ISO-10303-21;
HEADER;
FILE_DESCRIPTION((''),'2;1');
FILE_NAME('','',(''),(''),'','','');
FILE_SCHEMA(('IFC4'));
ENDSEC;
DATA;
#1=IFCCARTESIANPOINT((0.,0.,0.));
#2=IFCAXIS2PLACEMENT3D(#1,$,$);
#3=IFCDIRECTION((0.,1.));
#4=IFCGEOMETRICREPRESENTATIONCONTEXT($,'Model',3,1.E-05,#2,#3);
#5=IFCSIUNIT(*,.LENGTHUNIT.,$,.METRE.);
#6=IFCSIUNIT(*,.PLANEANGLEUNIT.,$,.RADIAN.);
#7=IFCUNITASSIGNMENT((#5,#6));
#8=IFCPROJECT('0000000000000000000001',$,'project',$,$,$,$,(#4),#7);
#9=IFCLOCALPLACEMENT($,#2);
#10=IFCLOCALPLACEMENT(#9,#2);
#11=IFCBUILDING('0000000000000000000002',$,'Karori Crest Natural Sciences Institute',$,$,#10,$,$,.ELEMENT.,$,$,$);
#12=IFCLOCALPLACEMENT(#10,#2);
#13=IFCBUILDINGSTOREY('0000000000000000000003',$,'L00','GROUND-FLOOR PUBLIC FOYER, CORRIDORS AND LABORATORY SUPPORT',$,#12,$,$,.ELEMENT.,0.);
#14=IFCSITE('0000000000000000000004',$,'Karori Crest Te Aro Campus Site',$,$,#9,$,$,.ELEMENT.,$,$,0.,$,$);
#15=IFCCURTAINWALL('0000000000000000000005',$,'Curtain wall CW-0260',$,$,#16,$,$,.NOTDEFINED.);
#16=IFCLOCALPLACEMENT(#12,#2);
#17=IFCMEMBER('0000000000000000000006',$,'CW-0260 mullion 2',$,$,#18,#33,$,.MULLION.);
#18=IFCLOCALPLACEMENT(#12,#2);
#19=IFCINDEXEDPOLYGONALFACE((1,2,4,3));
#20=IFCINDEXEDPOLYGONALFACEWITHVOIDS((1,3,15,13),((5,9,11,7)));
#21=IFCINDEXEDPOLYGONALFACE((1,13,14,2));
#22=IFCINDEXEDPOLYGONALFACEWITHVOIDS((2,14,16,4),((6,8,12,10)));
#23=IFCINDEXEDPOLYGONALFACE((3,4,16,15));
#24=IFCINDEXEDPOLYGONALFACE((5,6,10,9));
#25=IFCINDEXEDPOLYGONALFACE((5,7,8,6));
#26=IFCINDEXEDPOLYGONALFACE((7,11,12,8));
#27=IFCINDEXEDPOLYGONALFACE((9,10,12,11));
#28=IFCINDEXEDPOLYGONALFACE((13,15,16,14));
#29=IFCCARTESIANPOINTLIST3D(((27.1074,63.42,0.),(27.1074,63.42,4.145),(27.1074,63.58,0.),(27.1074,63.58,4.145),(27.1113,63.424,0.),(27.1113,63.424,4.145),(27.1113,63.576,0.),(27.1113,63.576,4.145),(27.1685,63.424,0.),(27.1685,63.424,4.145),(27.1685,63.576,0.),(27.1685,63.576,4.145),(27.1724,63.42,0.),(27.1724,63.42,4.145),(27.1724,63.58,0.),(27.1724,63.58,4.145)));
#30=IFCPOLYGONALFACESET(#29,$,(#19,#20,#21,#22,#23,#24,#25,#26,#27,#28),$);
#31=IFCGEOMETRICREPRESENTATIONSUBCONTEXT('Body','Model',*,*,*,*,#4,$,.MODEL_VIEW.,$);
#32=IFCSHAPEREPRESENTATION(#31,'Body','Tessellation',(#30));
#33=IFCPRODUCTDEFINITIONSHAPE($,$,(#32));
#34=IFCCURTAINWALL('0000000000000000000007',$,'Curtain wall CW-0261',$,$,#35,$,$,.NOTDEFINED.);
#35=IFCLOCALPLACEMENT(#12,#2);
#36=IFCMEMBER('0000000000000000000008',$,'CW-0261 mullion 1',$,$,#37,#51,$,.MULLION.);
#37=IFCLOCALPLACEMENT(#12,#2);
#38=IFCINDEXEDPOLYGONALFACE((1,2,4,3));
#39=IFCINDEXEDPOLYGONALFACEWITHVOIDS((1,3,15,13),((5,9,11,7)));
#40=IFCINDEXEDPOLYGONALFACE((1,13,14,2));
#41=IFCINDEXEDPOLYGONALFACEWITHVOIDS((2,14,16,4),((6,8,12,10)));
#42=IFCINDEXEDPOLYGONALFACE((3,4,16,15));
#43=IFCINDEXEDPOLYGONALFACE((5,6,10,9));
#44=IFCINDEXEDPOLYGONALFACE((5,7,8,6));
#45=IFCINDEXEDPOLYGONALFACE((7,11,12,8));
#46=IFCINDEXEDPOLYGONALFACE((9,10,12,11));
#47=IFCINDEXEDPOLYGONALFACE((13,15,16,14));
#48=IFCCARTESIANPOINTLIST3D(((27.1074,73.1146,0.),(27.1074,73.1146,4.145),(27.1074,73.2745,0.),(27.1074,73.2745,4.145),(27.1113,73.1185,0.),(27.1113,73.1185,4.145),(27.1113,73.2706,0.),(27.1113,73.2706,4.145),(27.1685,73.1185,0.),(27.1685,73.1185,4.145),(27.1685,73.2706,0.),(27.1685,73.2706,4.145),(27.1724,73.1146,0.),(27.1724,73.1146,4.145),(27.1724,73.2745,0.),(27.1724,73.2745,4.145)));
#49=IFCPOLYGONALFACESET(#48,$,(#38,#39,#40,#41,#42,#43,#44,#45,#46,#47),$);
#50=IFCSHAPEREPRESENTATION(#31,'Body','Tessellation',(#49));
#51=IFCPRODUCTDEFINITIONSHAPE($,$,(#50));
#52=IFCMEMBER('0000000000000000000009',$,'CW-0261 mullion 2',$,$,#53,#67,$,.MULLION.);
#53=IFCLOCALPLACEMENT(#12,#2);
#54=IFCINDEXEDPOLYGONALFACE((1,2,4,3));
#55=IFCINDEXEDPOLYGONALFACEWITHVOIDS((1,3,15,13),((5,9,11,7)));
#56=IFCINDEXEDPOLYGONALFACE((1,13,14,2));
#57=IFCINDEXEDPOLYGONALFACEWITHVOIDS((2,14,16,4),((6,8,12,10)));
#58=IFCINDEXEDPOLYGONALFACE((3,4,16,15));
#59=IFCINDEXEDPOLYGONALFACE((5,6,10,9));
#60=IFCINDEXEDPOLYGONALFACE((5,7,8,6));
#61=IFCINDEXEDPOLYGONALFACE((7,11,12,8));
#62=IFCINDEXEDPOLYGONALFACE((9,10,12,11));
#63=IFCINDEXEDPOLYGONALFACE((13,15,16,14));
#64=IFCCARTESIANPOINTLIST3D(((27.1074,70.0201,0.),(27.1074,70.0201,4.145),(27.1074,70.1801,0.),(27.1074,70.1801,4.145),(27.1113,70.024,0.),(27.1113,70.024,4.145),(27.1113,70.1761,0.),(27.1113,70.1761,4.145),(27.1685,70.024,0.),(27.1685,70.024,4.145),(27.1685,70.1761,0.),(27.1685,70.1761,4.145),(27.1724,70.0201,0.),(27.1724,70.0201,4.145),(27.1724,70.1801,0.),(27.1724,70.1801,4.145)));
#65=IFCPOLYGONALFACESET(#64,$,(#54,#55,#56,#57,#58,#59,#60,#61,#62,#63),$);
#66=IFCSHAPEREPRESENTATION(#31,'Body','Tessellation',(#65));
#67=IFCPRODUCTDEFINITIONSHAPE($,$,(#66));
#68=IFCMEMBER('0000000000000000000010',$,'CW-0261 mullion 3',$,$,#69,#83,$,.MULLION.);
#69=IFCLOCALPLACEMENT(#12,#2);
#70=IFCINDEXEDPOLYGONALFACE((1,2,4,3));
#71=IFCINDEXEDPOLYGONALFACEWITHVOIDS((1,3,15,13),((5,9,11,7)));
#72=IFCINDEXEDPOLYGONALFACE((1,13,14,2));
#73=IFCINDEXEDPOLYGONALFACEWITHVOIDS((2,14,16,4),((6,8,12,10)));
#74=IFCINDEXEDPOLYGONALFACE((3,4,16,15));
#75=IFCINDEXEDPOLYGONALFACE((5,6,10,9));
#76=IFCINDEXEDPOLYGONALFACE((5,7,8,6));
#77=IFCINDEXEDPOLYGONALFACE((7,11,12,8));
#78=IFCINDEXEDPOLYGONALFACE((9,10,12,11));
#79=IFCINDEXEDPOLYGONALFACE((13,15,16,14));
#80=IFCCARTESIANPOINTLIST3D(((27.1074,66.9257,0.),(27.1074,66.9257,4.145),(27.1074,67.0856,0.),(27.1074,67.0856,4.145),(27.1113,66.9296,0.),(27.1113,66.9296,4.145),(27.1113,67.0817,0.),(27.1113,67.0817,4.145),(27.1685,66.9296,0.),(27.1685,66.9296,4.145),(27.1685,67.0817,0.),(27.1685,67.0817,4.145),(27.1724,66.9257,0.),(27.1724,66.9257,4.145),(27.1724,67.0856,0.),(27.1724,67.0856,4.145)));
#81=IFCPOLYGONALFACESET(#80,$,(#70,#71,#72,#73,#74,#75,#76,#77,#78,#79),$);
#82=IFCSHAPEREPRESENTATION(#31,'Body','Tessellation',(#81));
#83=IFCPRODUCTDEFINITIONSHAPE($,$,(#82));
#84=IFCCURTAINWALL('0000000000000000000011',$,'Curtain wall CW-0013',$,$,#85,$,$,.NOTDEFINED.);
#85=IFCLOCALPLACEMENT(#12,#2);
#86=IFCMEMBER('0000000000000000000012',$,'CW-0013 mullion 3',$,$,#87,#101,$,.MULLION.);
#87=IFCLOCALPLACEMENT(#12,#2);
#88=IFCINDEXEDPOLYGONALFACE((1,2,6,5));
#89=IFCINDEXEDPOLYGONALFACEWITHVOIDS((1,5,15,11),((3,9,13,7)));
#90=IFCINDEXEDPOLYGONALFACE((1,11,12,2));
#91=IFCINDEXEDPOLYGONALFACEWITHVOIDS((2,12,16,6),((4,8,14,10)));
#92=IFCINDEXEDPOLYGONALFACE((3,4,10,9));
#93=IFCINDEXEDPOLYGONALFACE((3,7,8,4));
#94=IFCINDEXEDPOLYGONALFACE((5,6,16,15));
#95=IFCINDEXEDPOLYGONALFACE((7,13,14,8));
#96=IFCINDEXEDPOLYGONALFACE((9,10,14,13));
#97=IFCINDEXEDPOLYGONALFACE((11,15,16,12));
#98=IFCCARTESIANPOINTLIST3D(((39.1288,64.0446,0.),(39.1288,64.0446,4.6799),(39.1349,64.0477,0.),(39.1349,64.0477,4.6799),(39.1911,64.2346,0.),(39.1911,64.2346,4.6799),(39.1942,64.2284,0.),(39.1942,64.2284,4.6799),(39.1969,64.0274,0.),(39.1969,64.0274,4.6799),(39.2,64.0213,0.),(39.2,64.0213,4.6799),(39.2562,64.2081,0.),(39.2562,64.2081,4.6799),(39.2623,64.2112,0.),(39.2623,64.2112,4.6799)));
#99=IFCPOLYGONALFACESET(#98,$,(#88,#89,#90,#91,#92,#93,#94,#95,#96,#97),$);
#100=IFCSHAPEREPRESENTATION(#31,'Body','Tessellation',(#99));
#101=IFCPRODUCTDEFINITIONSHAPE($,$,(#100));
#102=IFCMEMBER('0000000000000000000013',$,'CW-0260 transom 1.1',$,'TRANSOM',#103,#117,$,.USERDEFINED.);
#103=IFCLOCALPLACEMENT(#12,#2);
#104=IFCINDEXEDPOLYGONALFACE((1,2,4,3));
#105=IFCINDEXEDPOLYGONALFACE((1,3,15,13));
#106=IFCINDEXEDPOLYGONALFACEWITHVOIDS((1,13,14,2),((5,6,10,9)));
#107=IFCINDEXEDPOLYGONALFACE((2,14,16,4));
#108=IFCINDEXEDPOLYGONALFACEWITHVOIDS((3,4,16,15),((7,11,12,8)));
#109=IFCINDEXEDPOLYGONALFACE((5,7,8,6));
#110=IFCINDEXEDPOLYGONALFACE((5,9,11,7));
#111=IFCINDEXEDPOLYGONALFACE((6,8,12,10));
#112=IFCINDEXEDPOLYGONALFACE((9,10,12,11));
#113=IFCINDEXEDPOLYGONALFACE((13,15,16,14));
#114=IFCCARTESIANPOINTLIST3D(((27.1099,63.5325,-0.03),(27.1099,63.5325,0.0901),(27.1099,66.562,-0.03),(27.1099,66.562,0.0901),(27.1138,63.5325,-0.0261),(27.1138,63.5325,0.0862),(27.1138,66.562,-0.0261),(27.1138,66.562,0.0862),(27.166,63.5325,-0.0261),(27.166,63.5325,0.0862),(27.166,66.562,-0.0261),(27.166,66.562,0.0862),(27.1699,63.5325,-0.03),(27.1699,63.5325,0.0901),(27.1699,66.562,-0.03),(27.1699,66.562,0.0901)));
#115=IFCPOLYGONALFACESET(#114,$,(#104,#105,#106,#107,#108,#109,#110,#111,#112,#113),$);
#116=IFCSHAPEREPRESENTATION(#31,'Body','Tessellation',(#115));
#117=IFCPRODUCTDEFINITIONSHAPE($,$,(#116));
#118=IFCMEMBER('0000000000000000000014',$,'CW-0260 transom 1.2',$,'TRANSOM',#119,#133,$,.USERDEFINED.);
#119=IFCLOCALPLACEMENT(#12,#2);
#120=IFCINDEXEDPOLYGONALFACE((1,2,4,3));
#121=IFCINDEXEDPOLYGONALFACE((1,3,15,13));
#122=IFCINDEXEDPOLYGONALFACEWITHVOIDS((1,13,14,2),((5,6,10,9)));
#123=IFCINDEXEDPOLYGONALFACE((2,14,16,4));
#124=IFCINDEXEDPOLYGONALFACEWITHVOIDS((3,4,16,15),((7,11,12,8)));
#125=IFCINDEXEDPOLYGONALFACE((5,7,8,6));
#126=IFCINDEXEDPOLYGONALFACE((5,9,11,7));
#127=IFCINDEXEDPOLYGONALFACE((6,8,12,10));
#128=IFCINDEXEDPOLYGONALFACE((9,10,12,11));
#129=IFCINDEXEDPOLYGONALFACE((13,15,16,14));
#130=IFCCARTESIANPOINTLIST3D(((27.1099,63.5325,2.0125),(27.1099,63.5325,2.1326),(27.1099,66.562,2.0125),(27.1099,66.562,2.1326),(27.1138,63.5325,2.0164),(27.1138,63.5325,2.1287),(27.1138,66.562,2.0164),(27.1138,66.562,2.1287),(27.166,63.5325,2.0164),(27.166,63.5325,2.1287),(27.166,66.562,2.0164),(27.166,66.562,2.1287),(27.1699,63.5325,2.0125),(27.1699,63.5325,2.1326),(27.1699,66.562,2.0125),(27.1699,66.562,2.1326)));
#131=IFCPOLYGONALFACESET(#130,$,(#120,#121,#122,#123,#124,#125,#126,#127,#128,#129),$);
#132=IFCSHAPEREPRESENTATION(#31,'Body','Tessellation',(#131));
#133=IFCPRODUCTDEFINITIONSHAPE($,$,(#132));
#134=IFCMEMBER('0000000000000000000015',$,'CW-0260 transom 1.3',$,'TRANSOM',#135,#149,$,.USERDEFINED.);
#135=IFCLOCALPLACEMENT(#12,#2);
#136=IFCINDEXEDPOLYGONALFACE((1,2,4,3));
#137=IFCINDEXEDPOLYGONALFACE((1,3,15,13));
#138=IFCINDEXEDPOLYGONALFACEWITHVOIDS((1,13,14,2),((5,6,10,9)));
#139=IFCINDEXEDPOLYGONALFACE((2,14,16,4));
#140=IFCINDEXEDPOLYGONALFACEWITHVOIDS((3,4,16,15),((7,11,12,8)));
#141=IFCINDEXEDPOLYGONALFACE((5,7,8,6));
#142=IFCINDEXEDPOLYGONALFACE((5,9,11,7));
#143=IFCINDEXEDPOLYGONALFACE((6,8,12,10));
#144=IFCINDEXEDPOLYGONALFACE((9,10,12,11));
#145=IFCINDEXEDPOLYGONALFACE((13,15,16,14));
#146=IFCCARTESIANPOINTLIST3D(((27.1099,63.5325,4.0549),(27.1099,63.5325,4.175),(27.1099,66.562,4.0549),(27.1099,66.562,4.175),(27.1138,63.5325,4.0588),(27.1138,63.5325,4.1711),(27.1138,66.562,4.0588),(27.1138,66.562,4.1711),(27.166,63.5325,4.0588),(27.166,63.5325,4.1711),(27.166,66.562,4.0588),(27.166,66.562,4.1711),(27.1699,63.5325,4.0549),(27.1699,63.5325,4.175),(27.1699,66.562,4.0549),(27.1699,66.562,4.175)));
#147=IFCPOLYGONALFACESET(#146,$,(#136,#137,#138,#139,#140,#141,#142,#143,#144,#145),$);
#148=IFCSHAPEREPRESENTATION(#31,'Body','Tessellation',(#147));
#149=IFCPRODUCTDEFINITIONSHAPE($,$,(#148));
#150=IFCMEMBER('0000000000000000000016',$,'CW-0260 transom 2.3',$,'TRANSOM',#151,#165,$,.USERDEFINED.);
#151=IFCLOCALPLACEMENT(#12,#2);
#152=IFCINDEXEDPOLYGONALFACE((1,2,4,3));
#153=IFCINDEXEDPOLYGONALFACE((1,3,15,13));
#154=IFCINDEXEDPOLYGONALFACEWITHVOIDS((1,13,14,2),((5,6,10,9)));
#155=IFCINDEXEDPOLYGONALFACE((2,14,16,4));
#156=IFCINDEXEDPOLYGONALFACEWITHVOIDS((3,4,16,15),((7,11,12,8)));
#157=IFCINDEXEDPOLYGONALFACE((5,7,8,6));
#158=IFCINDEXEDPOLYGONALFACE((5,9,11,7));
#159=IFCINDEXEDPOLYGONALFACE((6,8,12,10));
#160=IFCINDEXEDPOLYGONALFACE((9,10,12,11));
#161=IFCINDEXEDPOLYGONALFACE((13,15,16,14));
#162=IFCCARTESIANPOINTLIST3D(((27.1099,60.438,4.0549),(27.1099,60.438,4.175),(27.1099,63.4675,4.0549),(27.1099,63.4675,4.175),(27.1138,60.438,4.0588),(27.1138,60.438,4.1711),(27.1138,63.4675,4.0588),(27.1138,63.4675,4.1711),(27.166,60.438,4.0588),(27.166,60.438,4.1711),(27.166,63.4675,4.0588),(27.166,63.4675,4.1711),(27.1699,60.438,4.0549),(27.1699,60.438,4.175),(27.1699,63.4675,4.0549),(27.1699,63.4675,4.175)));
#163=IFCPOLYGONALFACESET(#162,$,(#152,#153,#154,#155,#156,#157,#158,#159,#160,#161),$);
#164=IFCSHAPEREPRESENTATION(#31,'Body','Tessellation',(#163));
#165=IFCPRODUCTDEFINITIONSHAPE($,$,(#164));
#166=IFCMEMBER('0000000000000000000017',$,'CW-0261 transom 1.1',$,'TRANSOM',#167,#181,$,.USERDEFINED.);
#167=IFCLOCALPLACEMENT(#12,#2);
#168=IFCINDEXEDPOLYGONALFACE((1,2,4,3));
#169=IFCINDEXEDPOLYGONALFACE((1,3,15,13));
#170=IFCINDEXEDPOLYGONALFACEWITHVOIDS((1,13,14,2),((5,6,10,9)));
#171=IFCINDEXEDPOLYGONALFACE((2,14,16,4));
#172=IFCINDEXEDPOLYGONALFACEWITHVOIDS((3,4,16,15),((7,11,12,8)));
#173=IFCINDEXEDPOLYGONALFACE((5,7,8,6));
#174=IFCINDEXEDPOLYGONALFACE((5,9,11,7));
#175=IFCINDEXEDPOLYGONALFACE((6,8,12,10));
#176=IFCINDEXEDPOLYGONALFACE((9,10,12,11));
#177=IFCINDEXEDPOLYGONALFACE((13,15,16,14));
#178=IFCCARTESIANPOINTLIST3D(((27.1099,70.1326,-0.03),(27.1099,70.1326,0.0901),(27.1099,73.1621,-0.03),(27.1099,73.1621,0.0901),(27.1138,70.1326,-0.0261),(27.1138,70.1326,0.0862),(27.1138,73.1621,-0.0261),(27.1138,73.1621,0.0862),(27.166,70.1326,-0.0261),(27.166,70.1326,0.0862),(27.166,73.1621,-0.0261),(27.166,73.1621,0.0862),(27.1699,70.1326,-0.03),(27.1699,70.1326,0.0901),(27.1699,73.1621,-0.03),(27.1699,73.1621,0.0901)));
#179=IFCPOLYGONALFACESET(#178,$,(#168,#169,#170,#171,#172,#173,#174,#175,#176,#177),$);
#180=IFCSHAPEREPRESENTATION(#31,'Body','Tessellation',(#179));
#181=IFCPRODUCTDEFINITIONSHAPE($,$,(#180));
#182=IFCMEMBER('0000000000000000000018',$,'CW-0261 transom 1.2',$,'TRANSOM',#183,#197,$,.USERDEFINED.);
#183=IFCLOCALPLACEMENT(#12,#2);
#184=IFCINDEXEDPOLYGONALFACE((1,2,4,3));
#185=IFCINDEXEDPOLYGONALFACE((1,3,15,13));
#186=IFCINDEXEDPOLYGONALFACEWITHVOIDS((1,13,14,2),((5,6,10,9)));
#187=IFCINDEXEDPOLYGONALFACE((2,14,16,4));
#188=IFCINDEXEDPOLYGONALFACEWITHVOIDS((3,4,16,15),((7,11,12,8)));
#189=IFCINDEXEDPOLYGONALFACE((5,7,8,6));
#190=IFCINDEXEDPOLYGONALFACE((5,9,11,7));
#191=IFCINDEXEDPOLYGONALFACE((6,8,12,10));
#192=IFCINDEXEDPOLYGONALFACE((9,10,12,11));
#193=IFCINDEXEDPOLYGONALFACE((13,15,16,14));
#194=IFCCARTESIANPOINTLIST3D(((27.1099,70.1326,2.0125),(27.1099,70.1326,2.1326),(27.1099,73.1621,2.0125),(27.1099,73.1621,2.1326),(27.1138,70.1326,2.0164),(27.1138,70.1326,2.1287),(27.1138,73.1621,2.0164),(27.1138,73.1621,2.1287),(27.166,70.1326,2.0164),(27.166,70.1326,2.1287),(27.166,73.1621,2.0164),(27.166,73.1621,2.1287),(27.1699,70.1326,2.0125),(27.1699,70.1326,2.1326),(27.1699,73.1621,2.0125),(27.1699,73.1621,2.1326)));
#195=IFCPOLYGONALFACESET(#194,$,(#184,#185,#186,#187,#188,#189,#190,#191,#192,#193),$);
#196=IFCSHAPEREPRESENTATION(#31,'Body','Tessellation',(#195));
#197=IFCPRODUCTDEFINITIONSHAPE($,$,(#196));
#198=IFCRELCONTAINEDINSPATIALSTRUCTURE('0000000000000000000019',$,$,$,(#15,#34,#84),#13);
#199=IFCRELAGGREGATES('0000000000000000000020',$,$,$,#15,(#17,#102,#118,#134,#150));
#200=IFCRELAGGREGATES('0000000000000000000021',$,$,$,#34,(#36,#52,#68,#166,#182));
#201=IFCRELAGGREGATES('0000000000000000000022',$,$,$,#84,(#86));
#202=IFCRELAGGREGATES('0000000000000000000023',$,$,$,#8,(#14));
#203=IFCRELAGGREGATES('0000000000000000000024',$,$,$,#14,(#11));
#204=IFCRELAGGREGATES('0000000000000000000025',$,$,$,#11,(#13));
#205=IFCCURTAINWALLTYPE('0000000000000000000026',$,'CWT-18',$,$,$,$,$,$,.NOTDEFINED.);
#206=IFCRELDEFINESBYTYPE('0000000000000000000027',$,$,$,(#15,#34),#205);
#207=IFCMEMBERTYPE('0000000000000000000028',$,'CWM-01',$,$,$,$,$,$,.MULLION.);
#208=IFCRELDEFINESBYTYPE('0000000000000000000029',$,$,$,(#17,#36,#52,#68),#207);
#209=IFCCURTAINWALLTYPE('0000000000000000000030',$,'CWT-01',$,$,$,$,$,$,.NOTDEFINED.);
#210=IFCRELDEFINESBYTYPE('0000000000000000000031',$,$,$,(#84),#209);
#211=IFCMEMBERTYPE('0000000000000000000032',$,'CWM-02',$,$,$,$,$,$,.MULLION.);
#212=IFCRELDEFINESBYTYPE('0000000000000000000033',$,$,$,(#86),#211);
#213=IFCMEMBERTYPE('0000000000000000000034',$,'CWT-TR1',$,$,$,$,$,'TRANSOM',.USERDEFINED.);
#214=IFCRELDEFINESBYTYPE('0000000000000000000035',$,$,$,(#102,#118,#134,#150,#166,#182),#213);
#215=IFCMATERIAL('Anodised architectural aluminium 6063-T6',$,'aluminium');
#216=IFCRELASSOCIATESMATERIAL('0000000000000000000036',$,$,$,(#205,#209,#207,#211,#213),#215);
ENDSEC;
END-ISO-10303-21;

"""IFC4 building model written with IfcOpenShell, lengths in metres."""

from ifc_helpers import new_model, si_unit, direction, frame, origin, origin_2d, place, context, subcontext, project, spatial, hollow_rectangle, extrude, material, material_profile, profile_set, type_object, element, aggregate, save


model = new_model("IFC4")

# Units and contexts
model_context = context("Model", 3, precision=1e-05, world=origin(), true_north=direction((0.0, 1.0)))
body_context = subcontext(model_context, "Body", "Model", "MODEL_VIEW")
ifc_project = project(units=[si_unit("LENGTHUNIT", "METRE"), si_unit("PLANEANGLEUNIT", "RADIAN")], contexts=[model_context])

# Site, building, storey
site_placement = place(None, origin())
site = spatial("IfcSite", under=ifc_project, at=site_placement, Name="Karori Crest Te Aro Campus Site", CompositionType="ELEMENT", RefElevation=0.0)
building_placement = place(site_placement, origin())
building = spatial("IfcBuilding", under=site, at=building_placement, Name="Karori Crest Natural Sciences Institute", CompositionType="ELEMENT")
storey_placement = place(building_placement, origin())
storey = spatial("IfcBuildingStorey", under=building, at=storey_placement, Name="L00", Description="GROUND-FLOOR PUBLIC FOYER, CORRIDORS AND LABORATORY SUPPORT", CompositionType="ELEMENT", Elevation=0.0)

# Curtain walls, members
ifc_material_1 = material(Name="Anodised architectural aluminium 6063-T6", Category="aluminium")
curtain_wall_type_1 = type_object("IfcCurtainWallType", Name="CWT-18", PredefinedType="NOTDEFINED", material=ifc_material_1)
curtain_wall_1_placement = place(storey_placement, origin())
curtain_wall_1 = element("IfcCurtainWall", 1, at=curtain_wall_1_placement, inside=storey, type_object=curtain_wall_type_1, Name="Curtain wall CW-0260", PredefinedType="NOTDEFINED")
ifc_material_profile_1 = material_profile(ifc_material_1, hollow_rectangle(XDim=0.0649, YDim=0.1599, WallThickness=0.0039, at=origin_2d()), Name="CWM160x65x4")
ifc_profile_set_1 = profile_set([ifc_material_profile_1], Name="Anodised architectural aluminium 6063-T6")
member_type_1 = type_object("IfcMemberType", Name="CWM-01", PredefinedType="MULLION", material=ifc_profile_set_1)
member_1_placement = place(storey_placement, frame((27.1399, 63.5, 0.0), z_axis=(0.0, 0.0, 1.0), x_axis=(1.0, 0.0, 0.0)))
member_1 = element("IfcMember", 2, at=member_1_placement, type_object=member_type_1, Name="CW-0260 mullion 2", PredefinedType="MULLION", context=body_context, shape_type="SweptSolid", body=[
    extrude(hollow_rectangle(XDim=0.0649, YDim=0.1599, WallThickness=0.0039, at=origin_2d()), origin(), (0.0, 0.0, 1.0), 4.145),
])
curtain_wall_2_placement = place(storey_placement, origin())
curtain_wall_2 = element("IfcCurtainWall", 3, at=curtain_wall_2_placement, inside=storey, type_object=curtain_wall_type_1, Name="Curtain wall CW-0261", PredefinedType="NOTDEFINED")
member_2_placement = place(storey_placement, frame((27.1399, 73.1946, 0.0), z_axis=(0.0, 0.0, 1.0), x_axis=(1.0, 0.0, 0.0)))
member_2 = element("IfcMember", 4, at=member_2_placement, type_object=member_type_1, Name="CW-0261 mullion 1", PredefinedType="MULLION", context=body_context, shape_type="SweptSolid", body=[
    extrude(hollow_rectangle(XDim=0.0649, YDim=0.1599, WallThickness=0.0039, at=origin_2d()), origin(), (0.0, 0.0, 1.0), 4.145),
])
member_3_placement = place(storey_placement, frame((27.1399, 70.1001, 0.0), z_axis=(0.0, 0.0, 1.0), x_axis=(1.0, 0.0, 0.0)))
member_3 = element("IfcMember", 5, at=member_3_placement, type_object=member_type_1, Name="CW-0261 mullion 2", PredefinedType="MULLION", context=body_context, shape_type="SweptSolid", body=[
    extrude(hollow_rectangle(XDim=0.0649, YDim=0.1599, WallThickness=0.0039, at=origin_2d()), origin(), (0.0, 0.0, 1.0), 4.145),
])
member_4_placement = place(storey_placement, frame((27.1399, 67.0056, 0.0), z_axis=(0.0, 0.0, 1.0), x_axis=(1.0, 0.0, 0.0)))
member_4 = element("IfcMember", 6, at=member_4_placement, type_object=member_type_1, Name="CW-0261 mullion 3", PredefinedType="MULLION", context=body_context, shape_type="SweptSolid", body=[
    extrude(hollow_rectangle(XDim=0.0649, YDim=0.1599, WallThickness=0.0039, at=origin_2d()), origin(), (0.0, 0.0, 1.0), 4.145),
])

# Curtain wall, member
curtain_wall_type_2 = type_object("IfcCurtainWallType", Name="CWT-01", PredefinedType="NOTDEFINED", material=ifc_material_1)
curtain_wall_3_placement = place(storey_placement, origin())
curtain_wall_3 = element("IfcCurtainWall", 7, at=curtain_wall_3_placement, inside=storey, type_object=curtain_wall_type_2, Name="Curtain wall CW-0013", PredefinedType="NOTDEFINED")
ifc_material_profile_2 = material_profile(ifc_material_1, hollow_rectangle(XDim=0.075, YDim=0.2, WallThickness=0.0049, at=origin_2d()), Name="CWM200x75x5")
ifc_profile_set_2 = profile_set([ifc_material_profile_2], Name="Anodised architectural aluminium 6063-T6")
member_type_2 = type_object("IfcMemberType", Name="CWM-02", PredefinedType="MULLION", material=ifc_profile_set_2)
member_5_placement = place(storey_placement, frame((39.1956, 64.1279, 0.0), z_axis=(0.0, 0.0, 1.0), x_axis=(-0.950176, 0.311714, 0.0)))
member_5 = element("IfcMember", 8, at=member_5_placement, type_object=member_type_2, Name="CW-0013 mullion 3", PredefinedType="MULLION", context=body_context, shape_type="SweptSolid", body=[
    extrude(hollow_rectangle(XDim=0.075, YDim=0.2, WallThickness=0.0049, at=origin_2d()), origin(), (0.0, 0.0, 1.0), 4.6799),
])

# Members
ifc_material_profile_3 = material_profile(ifc_material_1, hollow_rectangle(XDim=0.0601, YDim=0.1201, WallThickness=0.0039, at=origin_2d()), Name="CWT120x60x4")
ifc_profile_set_3 = profile_set([ifc_material_profile_3], Name="Anodised architectural aluminium 6063-T6")
member_type_3 = type_object("IfcMemberType", Name="CWT-TR1", ElementType="TRANSOM", PredefinedType="USERDEFINED", material=ifc_profile_set_3)
member_6_placement = place(storey_placement, frame((27.1399, 66.562, 0.03), z_axis=(0.0, -1.0, 0.0), x_axis=(1.0, 0.0, 0.0)))
member_6 = element("IfcMember", 9, at=member_6_placement, type_object=member_type_3, Name="CW-0260 transom 1.1", ObjectType="TRANSOM", PredefinedType="USERDEFINED", context=body_context, shape_type="SweptSolid", body=[
    extrude(hollow_rectangle(XDim=0.0601, YDim=0.1201, WallThickness=0.0039, at=origin_2d()), origin(), (0.0, 0.0, 1.0), 3.0295),
])
member_7_placement = place(storey_placement, frame((27.1399, 66.562, 2.0725), z_axis=(0.0, -1.0, 0.0), x_axis=(1.0, 0.0, 0.0)))
member_7 = element("IfcMember", 10, at=member_7_placement, type_object=member_type_3, Name="CW-0260 transom 1.2", ObjectType="TRANSOM", PredefinedType="USERDEFINED", context=body_context, shape_type="SweptSolid", body=[
    extrude(hollow_rectangle(XDim=0.0601, YDim=0.1201, WallThickness=0.0039, at=origin_2d()), origin(), (0.0, 0.0, 1.0), 3.0295),
])
member_8_placement = place(storey_placement, frame((27.1399, 66.562, 4.115), z_axis=(0.0, -1.0, 0.0), x_axis=(1.0, 0.0, 0.0)))
member_8 = element("IfcMember", 11, at=member_8_placement, type_object=member_type_3, Name="CW-0260 transom 1.3", ObjectType="TRANSOM", PredefinedType="USERDEFINED", context=body_context, shape_type="SweptSolid", body=[
    extrude(hollow_rectangle(XDim=0.0601, YDim=0.1201, WallThickness=0.0039, at=origin_2d()), origin(), (0.0, 0.0, 1.0), 3.0295),
])
member_9_placement = place(storey_placement, frame((27.1399, 63.4675, 4.115), z_axis=(0.0, -1.0, 0.0), x_axis=(1.0, 0.0, 0.0)))
member_9 = element("IfcMember", 12, at=member_9_placement, type_object=member_type_3, Name="CW-0260 transom 2.3", ObjectType="TRANSOM", PredefinedType="USERDEFINED", context=body_context, shape_type="SweptSolid", body=[
    extrude(hollow_rectangle(XDim=0.0601, YDim=0.1201, WallThickness=0.0039, at=origin_2d()), origin(), (0.0, 0.0, 1.0), 3.0295),
])
member_10_placement = place(storey_placement, frame((27.1399, 73.1621, 0.03), z_axis=(0.0, -1.0, 0.0), x_axis=(1.0, 0.0, 0.0)))
member_10 = element("IfcMember", 13, at=member_10_placement, type_object=member_type_3, Name="CW-0261 transom 1.1", ObjectType="TRANSOM", PredefinedType="USERDEFINED", context=body_context, shape_type="SweptSolid", body=[
    extrude(hollow_rectangle(XDim=0.0601, YDim=0.1201, WallThickness=0.0039, at=origin_2d()), origin(), (0.0, 0.0, 1.0), 3.0295),
])
member_11_placement = place(storey_placement, frame((27.1399, 73.1621, 2.0725), z_axis=(0.0, -1.0, 0.0), x_axis=(1.0, 0.0, 0.0)))
member_11 = element("IfcMember", 14, at=member_11_placement, type_object=member_type_3, Name="CW-0261 transom 1.2", ObjectType="TRANSOM", PredefinedType="USERDEFINED", context=body_context, shape_type="SweptSolid", body=[
    extrude(hollow_rectangle(XDim=0.0601, YDim=0.1201, WallThickness=0.0039, at=origin_2d()), origin(), (0.0, 0.0, 1.0), 3.0295),
])

aggregate(curtain_wall_1, [member_1, member_6, member_7, member_8, member_9])
aggregate(curtain_wall_2, [member_2, member_3, member_4, member_10, member_11])
aggregate(curtain_wall_3, [member_5])

save(model, "model.ifc")
